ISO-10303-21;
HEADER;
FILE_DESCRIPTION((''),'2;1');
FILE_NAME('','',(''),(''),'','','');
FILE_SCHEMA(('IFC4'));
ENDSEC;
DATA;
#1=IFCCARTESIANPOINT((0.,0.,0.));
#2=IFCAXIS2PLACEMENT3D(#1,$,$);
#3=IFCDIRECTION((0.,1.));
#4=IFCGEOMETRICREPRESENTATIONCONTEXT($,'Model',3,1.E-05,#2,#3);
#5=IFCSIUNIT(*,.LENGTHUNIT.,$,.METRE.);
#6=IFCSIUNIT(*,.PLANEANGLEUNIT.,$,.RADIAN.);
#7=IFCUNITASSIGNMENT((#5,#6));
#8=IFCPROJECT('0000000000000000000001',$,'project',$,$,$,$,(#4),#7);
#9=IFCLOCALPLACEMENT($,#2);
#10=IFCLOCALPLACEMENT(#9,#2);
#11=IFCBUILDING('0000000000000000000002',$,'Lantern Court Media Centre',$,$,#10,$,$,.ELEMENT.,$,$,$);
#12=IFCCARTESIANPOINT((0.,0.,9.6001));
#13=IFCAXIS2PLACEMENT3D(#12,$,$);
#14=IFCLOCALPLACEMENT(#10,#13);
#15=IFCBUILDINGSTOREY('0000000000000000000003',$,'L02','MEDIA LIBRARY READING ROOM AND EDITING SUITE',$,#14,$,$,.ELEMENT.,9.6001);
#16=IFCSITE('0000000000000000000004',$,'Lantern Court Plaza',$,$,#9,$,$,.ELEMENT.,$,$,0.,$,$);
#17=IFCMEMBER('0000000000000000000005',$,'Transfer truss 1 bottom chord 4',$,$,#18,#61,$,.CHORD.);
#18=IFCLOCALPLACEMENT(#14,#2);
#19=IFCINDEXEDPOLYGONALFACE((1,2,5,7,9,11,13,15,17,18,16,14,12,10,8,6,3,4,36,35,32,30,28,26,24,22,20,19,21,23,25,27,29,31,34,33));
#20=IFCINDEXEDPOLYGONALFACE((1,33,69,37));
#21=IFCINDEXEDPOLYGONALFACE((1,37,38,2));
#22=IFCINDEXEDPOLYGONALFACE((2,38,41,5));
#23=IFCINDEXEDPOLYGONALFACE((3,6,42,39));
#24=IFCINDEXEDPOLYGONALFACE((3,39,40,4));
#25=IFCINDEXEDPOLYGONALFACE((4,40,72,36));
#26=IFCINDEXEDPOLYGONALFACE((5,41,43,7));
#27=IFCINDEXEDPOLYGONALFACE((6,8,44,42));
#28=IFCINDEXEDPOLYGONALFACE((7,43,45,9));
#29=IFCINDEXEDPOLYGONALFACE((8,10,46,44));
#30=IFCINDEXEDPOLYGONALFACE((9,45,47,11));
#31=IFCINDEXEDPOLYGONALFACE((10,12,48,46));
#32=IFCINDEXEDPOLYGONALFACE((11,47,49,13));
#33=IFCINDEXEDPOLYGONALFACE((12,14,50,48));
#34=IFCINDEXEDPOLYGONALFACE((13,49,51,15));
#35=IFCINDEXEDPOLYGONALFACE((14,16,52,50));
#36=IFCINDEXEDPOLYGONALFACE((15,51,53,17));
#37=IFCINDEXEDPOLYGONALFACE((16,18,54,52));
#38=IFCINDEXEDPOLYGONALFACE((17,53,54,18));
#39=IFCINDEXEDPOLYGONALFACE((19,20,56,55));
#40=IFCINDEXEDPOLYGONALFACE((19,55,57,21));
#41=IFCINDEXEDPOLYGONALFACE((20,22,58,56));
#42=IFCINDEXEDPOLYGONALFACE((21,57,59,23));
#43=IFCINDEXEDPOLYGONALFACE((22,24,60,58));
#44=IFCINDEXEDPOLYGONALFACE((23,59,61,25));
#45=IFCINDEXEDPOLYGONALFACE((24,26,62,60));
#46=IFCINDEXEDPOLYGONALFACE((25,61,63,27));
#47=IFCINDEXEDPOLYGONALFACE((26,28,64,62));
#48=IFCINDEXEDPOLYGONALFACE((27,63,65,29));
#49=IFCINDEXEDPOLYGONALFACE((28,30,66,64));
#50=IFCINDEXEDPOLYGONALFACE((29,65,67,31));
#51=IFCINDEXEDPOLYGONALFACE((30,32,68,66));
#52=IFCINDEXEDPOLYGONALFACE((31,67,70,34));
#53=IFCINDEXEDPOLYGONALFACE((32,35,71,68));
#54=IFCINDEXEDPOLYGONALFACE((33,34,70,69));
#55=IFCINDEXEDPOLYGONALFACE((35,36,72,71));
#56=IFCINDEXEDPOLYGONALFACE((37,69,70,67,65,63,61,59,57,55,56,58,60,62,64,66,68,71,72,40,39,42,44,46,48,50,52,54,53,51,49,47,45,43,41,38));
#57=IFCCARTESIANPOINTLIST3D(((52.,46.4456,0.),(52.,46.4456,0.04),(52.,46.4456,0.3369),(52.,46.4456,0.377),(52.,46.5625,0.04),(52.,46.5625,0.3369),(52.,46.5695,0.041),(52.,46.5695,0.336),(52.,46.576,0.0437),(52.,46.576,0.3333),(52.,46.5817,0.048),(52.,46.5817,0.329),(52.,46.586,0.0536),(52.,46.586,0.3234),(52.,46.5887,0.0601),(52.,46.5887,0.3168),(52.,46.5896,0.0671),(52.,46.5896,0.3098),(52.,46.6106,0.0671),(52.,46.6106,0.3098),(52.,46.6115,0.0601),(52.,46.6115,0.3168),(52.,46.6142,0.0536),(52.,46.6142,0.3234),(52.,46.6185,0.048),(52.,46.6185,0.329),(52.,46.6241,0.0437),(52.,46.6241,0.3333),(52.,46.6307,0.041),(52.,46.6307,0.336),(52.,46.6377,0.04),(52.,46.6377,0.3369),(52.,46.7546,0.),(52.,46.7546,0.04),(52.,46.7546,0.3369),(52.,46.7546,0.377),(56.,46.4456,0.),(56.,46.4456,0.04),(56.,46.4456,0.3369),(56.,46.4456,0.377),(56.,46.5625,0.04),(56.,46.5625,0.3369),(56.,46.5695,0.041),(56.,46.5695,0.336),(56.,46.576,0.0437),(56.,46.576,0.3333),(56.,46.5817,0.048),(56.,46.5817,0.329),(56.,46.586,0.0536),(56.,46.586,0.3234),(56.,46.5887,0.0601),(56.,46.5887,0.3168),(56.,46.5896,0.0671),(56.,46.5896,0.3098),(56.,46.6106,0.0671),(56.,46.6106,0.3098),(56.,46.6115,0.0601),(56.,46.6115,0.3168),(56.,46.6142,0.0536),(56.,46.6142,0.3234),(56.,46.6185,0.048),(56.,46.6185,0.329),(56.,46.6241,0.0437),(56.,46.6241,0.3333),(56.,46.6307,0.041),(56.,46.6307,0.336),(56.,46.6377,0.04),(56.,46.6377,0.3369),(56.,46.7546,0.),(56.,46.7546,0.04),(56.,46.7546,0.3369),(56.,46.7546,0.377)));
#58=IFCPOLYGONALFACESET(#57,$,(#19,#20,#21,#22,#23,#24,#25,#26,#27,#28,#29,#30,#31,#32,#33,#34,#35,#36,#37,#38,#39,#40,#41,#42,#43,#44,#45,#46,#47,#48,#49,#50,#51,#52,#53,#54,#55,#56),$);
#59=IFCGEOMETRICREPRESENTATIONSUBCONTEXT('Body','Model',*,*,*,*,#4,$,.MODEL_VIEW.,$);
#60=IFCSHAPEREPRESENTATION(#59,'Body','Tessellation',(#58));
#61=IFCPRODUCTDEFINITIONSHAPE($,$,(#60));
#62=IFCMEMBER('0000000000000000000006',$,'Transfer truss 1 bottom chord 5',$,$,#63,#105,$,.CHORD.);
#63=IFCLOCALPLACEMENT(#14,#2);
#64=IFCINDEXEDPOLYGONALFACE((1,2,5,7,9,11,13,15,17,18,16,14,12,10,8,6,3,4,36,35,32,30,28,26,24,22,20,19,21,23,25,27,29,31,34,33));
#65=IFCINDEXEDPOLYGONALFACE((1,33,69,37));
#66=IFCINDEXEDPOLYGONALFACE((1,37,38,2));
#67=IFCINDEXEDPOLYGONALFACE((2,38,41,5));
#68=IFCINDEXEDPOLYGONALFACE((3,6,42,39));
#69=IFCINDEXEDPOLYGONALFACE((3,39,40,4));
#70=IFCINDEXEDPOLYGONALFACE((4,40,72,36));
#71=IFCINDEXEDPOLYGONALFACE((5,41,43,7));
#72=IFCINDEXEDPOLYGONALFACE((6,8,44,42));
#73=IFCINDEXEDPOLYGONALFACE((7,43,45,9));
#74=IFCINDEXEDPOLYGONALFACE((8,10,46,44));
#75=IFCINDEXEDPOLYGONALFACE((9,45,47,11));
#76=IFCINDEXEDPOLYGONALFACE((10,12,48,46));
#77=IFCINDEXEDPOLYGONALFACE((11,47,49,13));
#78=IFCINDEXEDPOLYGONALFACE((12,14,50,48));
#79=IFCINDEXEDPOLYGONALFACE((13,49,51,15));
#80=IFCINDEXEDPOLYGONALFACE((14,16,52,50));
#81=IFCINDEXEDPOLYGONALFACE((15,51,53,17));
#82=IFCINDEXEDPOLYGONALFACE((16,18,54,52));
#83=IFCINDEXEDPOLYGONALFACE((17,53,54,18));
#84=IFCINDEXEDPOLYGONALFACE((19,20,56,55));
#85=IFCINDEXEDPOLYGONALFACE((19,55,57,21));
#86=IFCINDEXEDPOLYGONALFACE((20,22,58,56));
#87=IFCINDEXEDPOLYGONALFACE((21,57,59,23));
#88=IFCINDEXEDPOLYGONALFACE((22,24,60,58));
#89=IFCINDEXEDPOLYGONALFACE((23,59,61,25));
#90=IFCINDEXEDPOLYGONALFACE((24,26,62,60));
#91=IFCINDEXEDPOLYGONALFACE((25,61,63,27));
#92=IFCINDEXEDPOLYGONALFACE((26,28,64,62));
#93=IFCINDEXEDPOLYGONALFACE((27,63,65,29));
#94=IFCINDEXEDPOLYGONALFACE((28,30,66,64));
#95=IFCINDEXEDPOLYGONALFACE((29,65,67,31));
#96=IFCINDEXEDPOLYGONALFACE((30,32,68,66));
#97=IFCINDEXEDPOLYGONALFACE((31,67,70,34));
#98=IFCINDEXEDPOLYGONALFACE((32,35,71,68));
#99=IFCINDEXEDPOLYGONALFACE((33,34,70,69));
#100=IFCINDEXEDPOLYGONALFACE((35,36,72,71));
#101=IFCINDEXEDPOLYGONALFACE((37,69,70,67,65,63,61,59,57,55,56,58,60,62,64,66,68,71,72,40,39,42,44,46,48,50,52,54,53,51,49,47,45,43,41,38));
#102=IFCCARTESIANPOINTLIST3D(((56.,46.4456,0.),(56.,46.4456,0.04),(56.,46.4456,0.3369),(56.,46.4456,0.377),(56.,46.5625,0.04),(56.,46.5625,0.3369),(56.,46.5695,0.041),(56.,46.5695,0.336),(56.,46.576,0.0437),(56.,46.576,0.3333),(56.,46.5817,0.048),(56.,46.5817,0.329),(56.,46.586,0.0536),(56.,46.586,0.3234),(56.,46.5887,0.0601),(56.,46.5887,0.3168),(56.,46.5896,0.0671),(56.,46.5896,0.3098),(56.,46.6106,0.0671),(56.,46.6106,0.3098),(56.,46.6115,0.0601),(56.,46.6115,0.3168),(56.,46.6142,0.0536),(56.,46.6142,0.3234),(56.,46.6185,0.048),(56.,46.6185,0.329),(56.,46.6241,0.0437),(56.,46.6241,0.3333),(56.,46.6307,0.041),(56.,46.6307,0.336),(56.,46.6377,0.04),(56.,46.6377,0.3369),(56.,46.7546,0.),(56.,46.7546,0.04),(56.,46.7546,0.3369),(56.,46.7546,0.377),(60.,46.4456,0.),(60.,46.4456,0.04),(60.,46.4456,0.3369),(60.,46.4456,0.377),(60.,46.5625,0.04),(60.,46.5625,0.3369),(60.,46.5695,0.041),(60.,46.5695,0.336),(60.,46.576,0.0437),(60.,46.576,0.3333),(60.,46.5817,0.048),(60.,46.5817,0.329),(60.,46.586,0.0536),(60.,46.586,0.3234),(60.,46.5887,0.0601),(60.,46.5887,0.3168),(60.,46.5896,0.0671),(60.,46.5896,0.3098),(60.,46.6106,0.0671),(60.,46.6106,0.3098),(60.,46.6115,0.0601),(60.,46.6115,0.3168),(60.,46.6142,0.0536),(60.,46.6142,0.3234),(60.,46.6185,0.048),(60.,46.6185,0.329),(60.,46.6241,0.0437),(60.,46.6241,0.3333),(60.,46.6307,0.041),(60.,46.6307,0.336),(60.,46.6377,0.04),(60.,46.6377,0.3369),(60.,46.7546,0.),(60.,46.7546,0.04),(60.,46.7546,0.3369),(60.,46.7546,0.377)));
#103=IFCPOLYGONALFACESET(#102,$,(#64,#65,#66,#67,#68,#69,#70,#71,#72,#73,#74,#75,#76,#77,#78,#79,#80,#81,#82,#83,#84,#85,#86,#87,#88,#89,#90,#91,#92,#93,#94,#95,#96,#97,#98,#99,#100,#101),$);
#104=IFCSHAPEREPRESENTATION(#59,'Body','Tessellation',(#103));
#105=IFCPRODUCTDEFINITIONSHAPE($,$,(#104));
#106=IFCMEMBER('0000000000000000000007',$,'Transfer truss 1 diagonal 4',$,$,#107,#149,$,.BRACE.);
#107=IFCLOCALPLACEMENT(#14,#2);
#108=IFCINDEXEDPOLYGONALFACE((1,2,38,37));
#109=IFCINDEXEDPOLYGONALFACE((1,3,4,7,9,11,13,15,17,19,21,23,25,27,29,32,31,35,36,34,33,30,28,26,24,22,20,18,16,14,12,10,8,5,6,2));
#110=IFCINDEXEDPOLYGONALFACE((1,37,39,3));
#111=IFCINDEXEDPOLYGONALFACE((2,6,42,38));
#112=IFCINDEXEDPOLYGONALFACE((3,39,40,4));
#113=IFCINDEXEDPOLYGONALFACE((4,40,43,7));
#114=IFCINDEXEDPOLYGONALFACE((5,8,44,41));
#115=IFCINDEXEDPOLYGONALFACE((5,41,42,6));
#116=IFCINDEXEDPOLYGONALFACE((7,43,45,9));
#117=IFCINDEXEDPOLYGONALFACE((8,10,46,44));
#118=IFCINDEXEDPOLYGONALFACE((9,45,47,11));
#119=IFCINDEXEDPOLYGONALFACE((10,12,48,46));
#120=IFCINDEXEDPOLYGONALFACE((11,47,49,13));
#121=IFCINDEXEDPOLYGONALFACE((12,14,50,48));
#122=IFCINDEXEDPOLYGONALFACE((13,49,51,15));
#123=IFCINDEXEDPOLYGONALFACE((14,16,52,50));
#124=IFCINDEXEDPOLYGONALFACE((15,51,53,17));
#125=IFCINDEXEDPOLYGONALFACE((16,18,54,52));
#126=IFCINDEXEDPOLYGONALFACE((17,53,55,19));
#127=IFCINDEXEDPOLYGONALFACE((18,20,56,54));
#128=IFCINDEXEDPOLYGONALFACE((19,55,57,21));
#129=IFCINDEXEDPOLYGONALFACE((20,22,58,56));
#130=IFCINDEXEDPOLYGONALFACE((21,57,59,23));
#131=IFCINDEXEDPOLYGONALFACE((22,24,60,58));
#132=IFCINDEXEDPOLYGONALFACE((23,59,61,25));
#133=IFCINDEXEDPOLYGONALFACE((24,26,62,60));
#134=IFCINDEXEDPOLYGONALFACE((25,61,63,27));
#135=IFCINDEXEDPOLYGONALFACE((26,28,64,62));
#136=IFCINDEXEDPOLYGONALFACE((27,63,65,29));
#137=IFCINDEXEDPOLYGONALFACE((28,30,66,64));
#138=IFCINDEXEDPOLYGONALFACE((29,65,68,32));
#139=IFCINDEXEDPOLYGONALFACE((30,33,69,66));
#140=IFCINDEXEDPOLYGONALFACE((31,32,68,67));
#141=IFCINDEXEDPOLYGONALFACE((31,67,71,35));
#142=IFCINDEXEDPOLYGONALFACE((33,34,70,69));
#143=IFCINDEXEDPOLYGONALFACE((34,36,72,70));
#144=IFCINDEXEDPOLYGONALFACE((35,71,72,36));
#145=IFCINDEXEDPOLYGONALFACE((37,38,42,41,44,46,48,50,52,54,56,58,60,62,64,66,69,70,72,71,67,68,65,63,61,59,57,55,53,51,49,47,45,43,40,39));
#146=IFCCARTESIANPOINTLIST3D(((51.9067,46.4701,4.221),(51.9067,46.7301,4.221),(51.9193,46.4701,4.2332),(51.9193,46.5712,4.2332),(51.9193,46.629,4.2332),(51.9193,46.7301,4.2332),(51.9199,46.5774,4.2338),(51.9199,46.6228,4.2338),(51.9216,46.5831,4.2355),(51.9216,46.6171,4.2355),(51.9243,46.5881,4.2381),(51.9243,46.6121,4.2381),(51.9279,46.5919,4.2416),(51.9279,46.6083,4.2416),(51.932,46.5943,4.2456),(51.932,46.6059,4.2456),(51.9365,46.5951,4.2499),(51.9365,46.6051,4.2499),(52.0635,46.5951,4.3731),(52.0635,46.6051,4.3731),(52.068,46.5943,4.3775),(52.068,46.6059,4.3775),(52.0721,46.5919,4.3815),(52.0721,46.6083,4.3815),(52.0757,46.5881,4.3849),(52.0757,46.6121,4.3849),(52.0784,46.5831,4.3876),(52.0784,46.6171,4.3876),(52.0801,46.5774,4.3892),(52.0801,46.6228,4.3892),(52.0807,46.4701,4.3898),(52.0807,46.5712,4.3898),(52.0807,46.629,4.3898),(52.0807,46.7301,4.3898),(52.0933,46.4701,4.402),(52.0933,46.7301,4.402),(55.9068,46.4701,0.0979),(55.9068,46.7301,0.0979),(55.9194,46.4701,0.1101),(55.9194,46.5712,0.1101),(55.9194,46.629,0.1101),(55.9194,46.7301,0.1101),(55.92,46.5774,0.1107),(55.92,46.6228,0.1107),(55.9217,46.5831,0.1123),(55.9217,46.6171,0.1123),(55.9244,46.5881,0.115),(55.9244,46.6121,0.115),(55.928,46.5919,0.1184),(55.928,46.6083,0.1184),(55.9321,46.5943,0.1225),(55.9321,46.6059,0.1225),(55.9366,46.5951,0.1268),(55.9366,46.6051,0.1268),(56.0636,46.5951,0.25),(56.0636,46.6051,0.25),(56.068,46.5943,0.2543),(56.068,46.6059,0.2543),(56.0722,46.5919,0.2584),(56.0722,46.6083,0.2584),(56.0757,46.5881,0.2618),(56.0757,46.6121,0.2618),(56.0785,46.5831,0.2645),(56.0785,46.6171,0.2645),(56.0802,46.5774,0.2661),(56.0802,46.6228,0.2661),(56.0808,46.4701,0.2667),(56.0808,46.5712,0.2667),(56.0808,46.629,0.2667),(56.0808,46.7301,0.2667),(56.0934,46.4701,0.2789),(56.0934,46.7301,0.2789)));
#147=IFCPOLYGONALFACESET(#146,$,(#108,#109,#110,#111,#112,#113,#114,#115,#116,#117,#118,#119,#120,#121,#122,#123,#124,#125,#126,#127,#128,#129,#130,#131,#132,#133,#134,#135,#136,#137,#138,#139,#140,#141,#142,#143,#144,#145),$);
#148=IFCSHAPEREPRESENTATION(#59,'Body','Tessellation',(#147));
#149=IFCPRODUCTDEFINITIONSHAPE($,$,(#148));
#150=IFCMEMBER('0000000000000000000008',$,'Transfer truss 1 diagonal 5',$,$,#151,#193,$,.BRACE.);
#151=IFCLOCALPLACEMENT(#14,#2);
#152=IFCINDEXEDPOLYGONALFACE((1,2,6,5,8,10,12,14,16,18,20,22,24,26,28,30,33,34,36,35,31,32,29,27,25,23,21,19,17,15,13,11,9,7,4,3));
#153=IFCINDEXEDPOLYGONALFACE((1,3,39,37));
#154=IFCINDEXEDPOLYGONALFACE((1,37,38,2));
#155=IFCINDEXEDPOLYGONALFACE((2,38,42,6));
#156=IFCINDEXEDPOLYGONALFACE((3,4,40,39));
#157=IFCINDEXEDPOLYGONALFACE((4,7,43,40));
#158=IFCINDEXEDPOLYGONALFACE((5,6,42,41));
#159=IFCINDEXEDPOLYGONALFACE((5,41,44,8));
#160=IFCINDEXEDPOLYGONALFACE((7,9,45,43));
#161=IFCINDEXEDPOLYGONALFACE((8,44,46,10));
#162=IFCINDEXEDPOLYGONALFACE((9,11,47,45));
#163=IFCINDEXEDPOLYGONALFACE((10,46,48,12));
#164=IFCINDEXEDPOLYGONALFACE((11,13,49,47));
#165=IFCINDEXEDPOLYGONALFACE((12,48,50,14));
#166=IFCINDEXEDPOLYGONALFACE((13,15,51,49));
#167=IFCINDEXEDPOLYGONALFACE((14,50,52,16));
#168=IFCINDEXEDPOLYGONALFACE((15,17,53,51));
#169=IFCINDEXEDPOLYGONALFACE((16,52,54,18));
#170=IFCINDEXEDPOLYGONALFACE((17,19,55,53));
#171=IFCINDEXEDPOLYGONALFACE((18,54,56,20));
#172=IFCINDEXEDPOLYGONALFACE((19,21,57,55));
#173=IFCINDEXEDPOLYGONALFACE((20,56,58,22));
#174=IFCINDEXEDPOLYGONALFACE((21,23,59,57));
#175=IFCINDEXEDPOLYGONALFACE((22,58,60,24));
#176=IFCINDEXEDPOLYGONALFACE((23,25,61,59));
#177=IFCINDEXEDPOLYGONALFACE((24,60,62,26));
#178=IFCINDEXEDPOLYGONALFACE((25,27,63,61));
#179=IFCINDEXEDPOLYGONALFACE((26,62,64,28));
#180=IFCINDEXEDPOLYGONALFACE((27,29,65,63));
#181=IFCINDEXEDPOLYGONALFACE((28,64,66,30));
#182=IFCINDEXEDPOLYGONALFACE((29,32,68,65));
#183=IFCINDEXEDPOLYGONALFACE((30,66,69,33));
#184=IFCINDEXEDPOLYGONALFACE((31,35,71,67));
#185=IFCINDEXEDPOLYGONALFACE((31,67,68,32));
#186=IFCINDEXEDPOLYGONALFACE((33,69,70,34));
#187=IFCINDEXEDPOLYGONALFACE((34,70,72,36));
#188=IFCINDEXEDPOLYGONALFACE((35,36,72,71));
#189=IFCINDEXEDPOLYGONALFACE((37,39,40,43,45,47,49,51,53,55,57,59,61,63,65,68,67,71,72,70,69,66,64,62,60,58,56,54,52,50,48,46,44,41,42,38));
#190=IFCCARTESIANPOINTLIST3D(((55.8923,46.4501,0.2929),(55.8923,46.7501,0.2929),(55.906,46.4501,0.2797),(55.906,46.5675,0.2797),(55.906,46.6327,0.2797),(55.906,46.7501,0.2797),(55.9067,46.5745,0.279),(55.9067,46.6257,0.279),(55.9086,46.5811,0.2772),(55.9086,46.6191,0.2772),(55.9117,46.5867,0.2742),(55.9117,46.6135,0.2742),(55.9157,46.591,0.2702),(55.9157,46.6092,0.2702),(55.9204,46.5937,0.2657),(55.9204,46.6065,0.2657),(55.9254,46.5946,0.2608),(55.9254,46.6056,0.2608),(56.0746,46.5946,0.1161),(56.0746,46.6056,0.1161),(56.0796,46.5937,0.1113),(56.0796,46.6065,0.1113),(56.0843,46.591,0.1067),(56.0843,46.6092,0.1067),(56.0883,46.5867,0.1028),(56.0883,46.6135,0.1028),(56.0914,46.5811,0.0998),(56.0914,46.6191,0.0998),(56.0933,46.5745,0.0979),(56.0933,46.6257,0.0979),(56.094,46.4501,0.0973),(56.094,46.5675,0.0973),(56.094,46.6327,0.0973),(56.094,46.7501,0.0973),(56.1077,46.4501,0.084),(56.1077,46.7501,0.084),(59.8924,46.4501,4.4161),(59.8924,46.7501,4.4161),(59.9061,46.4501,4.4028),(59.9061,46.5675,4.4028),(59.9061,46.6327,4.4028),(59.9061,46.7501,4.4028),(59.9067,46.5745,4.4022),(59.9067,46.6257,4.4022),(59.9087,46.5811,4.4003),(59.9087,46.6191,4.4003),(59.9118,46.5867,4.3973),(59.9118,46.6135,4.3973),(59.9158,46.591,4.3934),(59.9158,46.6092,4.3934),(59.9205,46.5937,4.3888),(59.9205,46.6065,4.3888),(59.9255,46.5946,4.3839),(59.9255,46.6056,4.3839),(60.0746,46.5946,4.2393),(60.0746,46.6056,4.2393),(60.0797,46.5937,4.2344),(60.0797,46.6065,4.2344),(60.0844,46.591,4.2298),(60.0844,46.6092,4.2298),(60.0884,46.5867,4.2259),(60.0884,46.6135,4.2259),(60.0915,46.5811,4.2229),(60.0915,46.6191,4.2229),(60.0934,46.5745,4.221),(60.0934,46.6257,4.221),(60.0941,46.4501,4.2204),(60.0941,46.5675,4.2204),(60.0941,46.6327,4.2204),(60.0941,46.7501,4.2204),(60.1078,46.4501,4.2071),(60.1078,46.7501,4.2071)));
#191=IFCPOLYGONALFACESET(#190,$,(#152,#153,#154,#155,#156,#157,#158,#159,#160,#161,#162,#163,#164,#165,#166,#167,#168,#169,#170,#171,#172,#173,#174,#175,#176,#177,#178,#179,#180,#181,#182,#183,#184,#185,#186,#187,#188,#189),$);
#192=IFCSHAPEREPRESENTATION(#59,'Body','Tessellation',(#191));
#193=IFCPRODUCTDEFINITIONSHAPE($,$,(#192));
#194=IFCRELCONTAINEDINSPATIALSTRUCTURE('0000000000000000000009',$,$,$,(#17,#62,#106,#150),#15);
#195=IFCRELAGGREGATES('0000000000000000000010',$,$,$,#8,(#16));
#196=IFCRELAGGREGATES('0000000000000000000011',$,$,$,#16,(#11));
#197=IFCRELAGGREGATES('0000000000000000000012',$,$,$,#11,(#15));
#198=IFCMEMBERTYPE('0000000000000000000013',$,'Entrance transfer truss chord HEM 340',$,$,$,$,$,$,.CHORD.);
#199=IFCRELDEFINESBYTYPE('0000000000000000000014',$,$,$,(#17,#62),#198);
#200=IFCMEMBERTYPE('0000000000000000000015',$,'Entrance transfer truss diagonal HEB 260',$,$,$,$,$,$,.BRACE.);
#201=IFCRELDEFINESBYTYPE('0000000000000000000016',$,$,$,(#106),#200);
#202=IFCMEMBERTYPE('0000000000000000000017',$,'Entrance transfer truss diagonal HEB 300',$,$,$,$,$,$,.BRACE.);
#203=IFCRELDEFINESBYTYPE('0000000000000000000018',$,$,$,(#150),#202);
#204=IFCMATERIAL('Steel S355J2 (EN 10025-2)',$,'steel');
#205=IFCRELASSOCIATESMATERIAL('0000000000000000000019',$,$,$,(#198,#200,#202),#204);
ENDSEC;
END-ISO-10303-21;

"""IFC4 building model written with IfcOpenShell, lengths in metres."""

from ifc_helpers import new_model, si_unit, direction, frame, origin, origin_2d, place, context, subcontext, project, spatial, i_section, extrude, material, material_profile, profile_set, type_object, element, save


model = new_model("IFC4")

# Units and contexts
model_context = context("Model", 3, precision=1e-05, world=origin(), true_north=direction((0.0, 1.0)))
body_context = subcontext(model_context, "Body", "Model", "MODEL_VIEW")
ifc_project = project(units=[si_unit("LENGTHUNIT", "METRE"), si_unit("PLANEANGLEUNIT", "RADIAN")], contexts=[model_context])

# Site, building, storey
site_placement = place(None, origin())
site = spatial("IfcSite", under=ifc_project, at=site_placement, Name="Lantern Court Plaza", CompositionType="ELEMENT", RefElevation=0.0)
building_placement = place(site_placement, origin())
building = spatial("IfcBuilding", under=site, at=building_placement, Name="Lantern Court Media Centre", CompositionType="ELEMENT")
storey_placement = place(building_placement, frame((0.0, 0.0, 9.6001)))
storey = spatial("IfcBuildingStorey", under=building, at=storey_placement, Name="L02", Description="MEDIA LIBRARY READING ROOM AND EDITING SUITE", CompositionType="ELEMENT", Elevation=9.6001)

# Members
ifc_material_1 = material(Name="Steel S355J2 (EN 10025-2)", Category="steel")
ifc_material_profile_1 = material_profile(ifc_material_1, i_section(OverallWidth=0.3091, OverallDepth=0.377, WebThickness=0.021, FlangeThickness=0.04, FilletRadius=0.0271, at=origin_2d()), Name="HEM 340")
ifc_profile_set_1 = profile_set([ifc_material_profile_1], Name="Steel S355J2 (EN 10025-2)")
member_type_1 = type_object("IfcMemberType", Name="Entrance transfer truss chord HEM 340", PredefinedType="CHORD", material=ifc_profile_set_1)
for number, where, z_axis, x_axis, name in (
    (1, (52.0, 46.6001, 0.1885), (1.0, 0.0, 0.0), (0.0, 1.0, 0.0), "Transfer truss 1 bottom chord 4"),
    (2, (56.0, 46.6001, 0.1885), (1.0, 0.0, 0.0), (0.0, 1.0, 0.0), "Transfer truss 1 bottom chord 5"),
):
    element("IfcMember", number, at=place(storey_placement, frame(where, z_axis=z_axis, x_axis=x_axis)), inside=storey, type_object=member_type_1, Name=name, PredefinedType="CHORD", context=body_context, shape_type="SweptSolid", body=[
        extrude(i_section(OverallWidth=0.3091, OverallDepth=0.377, WebThickness=0.021, FlangeThickness=0.04, FilletRadius=0.0271, at=origin_2d()), origin(), (0.0, 0.0, 1.0), 4.0),
    ])
ifc_material_profile_2 = material_profile(ifc_material_1, i_section(OverallWidth=0.26, OverallDepth=0.26, WebThickness=0.01, FlangeThickness=0.0176, FilletRadius=0.0239, at=origin_2d()), Name="HEB 260")
ifc_profile_set_2 = profile_set([ifc_material_profile_2], Name="Steel S355J2 (EN 10025-2)")
member_type_2 = type_object("IfcMemberType", Name="Entrance transfer truss diagonal HEB 260", PredefinedType="BRACE", material=ifc_profile_set_2)
member_1_placement = place(storey_placement, frame((52.0, 46.6001, 4.3115), z_axis=(0.696316, 0.0, -0.717736), x_axis=(0.0, 1.0, 0.0)))
element("IfcMember", 3, at=member_1_placement, inside=storey, type_object=member_type_2, Name="Transfer truss 1 diagonal 4", PredefinedType="BRACE", context=body_context, shape_type="SweptSolid", body=[
    extrude(i_section(OverallWidth=0.26, OverallDepth=0.26, WebThickness=0.01, FlangeThickness=0.0176, FilletRadius=0.0239, at=origin_2d()), origin(), (0.0, 0.0, 1.0), 5.7446),
])
ifc_material_profile_3 = material_profile(ifc_material_1, i_section(OverallWidth=0.3, OverallDepth=0.3, WebThickness=0.011, FlangeThickness=0.019, FilletRadius=0.0271, at=origin_2d()), Name="HEB 300")
ifc_profile_set_3 = profile_set([ifc_material_profile_3], Name="Steel S355J2 (EN 10025-2)")
member_type_3 = type_object("IfcMemberType", Name="Entrance transfer truss diagonal HEB 300", PredefinedType="BRACE", material=ifc_profile_set_3)
member_2_placement = place(storey_placement, frame((56.0, 46.6001, 0.1885), z_axis=(0.696316, 0.0, 0.717736), x_axis=(0.0, 1.0, 0.0)))
element("IfcMember", 4, at=member_2_placement, inside=storey, type_object=member_type_3, Name="Transfer truss 1 diagonal 5", PredefinedType="BRACE", context=body_context, shape_type="SweptSolid", body=[
    extrude(i_section(OverallWidth=0.3, OverallDepth=0.3, WebThickness=0.011, FlangeThickness=0.019, FilletRadius=0.0271, at=origin_2d()), origin(), (0.0, 0.0, 1.0), 5.7446),
])

save(model, "model.ifc")
